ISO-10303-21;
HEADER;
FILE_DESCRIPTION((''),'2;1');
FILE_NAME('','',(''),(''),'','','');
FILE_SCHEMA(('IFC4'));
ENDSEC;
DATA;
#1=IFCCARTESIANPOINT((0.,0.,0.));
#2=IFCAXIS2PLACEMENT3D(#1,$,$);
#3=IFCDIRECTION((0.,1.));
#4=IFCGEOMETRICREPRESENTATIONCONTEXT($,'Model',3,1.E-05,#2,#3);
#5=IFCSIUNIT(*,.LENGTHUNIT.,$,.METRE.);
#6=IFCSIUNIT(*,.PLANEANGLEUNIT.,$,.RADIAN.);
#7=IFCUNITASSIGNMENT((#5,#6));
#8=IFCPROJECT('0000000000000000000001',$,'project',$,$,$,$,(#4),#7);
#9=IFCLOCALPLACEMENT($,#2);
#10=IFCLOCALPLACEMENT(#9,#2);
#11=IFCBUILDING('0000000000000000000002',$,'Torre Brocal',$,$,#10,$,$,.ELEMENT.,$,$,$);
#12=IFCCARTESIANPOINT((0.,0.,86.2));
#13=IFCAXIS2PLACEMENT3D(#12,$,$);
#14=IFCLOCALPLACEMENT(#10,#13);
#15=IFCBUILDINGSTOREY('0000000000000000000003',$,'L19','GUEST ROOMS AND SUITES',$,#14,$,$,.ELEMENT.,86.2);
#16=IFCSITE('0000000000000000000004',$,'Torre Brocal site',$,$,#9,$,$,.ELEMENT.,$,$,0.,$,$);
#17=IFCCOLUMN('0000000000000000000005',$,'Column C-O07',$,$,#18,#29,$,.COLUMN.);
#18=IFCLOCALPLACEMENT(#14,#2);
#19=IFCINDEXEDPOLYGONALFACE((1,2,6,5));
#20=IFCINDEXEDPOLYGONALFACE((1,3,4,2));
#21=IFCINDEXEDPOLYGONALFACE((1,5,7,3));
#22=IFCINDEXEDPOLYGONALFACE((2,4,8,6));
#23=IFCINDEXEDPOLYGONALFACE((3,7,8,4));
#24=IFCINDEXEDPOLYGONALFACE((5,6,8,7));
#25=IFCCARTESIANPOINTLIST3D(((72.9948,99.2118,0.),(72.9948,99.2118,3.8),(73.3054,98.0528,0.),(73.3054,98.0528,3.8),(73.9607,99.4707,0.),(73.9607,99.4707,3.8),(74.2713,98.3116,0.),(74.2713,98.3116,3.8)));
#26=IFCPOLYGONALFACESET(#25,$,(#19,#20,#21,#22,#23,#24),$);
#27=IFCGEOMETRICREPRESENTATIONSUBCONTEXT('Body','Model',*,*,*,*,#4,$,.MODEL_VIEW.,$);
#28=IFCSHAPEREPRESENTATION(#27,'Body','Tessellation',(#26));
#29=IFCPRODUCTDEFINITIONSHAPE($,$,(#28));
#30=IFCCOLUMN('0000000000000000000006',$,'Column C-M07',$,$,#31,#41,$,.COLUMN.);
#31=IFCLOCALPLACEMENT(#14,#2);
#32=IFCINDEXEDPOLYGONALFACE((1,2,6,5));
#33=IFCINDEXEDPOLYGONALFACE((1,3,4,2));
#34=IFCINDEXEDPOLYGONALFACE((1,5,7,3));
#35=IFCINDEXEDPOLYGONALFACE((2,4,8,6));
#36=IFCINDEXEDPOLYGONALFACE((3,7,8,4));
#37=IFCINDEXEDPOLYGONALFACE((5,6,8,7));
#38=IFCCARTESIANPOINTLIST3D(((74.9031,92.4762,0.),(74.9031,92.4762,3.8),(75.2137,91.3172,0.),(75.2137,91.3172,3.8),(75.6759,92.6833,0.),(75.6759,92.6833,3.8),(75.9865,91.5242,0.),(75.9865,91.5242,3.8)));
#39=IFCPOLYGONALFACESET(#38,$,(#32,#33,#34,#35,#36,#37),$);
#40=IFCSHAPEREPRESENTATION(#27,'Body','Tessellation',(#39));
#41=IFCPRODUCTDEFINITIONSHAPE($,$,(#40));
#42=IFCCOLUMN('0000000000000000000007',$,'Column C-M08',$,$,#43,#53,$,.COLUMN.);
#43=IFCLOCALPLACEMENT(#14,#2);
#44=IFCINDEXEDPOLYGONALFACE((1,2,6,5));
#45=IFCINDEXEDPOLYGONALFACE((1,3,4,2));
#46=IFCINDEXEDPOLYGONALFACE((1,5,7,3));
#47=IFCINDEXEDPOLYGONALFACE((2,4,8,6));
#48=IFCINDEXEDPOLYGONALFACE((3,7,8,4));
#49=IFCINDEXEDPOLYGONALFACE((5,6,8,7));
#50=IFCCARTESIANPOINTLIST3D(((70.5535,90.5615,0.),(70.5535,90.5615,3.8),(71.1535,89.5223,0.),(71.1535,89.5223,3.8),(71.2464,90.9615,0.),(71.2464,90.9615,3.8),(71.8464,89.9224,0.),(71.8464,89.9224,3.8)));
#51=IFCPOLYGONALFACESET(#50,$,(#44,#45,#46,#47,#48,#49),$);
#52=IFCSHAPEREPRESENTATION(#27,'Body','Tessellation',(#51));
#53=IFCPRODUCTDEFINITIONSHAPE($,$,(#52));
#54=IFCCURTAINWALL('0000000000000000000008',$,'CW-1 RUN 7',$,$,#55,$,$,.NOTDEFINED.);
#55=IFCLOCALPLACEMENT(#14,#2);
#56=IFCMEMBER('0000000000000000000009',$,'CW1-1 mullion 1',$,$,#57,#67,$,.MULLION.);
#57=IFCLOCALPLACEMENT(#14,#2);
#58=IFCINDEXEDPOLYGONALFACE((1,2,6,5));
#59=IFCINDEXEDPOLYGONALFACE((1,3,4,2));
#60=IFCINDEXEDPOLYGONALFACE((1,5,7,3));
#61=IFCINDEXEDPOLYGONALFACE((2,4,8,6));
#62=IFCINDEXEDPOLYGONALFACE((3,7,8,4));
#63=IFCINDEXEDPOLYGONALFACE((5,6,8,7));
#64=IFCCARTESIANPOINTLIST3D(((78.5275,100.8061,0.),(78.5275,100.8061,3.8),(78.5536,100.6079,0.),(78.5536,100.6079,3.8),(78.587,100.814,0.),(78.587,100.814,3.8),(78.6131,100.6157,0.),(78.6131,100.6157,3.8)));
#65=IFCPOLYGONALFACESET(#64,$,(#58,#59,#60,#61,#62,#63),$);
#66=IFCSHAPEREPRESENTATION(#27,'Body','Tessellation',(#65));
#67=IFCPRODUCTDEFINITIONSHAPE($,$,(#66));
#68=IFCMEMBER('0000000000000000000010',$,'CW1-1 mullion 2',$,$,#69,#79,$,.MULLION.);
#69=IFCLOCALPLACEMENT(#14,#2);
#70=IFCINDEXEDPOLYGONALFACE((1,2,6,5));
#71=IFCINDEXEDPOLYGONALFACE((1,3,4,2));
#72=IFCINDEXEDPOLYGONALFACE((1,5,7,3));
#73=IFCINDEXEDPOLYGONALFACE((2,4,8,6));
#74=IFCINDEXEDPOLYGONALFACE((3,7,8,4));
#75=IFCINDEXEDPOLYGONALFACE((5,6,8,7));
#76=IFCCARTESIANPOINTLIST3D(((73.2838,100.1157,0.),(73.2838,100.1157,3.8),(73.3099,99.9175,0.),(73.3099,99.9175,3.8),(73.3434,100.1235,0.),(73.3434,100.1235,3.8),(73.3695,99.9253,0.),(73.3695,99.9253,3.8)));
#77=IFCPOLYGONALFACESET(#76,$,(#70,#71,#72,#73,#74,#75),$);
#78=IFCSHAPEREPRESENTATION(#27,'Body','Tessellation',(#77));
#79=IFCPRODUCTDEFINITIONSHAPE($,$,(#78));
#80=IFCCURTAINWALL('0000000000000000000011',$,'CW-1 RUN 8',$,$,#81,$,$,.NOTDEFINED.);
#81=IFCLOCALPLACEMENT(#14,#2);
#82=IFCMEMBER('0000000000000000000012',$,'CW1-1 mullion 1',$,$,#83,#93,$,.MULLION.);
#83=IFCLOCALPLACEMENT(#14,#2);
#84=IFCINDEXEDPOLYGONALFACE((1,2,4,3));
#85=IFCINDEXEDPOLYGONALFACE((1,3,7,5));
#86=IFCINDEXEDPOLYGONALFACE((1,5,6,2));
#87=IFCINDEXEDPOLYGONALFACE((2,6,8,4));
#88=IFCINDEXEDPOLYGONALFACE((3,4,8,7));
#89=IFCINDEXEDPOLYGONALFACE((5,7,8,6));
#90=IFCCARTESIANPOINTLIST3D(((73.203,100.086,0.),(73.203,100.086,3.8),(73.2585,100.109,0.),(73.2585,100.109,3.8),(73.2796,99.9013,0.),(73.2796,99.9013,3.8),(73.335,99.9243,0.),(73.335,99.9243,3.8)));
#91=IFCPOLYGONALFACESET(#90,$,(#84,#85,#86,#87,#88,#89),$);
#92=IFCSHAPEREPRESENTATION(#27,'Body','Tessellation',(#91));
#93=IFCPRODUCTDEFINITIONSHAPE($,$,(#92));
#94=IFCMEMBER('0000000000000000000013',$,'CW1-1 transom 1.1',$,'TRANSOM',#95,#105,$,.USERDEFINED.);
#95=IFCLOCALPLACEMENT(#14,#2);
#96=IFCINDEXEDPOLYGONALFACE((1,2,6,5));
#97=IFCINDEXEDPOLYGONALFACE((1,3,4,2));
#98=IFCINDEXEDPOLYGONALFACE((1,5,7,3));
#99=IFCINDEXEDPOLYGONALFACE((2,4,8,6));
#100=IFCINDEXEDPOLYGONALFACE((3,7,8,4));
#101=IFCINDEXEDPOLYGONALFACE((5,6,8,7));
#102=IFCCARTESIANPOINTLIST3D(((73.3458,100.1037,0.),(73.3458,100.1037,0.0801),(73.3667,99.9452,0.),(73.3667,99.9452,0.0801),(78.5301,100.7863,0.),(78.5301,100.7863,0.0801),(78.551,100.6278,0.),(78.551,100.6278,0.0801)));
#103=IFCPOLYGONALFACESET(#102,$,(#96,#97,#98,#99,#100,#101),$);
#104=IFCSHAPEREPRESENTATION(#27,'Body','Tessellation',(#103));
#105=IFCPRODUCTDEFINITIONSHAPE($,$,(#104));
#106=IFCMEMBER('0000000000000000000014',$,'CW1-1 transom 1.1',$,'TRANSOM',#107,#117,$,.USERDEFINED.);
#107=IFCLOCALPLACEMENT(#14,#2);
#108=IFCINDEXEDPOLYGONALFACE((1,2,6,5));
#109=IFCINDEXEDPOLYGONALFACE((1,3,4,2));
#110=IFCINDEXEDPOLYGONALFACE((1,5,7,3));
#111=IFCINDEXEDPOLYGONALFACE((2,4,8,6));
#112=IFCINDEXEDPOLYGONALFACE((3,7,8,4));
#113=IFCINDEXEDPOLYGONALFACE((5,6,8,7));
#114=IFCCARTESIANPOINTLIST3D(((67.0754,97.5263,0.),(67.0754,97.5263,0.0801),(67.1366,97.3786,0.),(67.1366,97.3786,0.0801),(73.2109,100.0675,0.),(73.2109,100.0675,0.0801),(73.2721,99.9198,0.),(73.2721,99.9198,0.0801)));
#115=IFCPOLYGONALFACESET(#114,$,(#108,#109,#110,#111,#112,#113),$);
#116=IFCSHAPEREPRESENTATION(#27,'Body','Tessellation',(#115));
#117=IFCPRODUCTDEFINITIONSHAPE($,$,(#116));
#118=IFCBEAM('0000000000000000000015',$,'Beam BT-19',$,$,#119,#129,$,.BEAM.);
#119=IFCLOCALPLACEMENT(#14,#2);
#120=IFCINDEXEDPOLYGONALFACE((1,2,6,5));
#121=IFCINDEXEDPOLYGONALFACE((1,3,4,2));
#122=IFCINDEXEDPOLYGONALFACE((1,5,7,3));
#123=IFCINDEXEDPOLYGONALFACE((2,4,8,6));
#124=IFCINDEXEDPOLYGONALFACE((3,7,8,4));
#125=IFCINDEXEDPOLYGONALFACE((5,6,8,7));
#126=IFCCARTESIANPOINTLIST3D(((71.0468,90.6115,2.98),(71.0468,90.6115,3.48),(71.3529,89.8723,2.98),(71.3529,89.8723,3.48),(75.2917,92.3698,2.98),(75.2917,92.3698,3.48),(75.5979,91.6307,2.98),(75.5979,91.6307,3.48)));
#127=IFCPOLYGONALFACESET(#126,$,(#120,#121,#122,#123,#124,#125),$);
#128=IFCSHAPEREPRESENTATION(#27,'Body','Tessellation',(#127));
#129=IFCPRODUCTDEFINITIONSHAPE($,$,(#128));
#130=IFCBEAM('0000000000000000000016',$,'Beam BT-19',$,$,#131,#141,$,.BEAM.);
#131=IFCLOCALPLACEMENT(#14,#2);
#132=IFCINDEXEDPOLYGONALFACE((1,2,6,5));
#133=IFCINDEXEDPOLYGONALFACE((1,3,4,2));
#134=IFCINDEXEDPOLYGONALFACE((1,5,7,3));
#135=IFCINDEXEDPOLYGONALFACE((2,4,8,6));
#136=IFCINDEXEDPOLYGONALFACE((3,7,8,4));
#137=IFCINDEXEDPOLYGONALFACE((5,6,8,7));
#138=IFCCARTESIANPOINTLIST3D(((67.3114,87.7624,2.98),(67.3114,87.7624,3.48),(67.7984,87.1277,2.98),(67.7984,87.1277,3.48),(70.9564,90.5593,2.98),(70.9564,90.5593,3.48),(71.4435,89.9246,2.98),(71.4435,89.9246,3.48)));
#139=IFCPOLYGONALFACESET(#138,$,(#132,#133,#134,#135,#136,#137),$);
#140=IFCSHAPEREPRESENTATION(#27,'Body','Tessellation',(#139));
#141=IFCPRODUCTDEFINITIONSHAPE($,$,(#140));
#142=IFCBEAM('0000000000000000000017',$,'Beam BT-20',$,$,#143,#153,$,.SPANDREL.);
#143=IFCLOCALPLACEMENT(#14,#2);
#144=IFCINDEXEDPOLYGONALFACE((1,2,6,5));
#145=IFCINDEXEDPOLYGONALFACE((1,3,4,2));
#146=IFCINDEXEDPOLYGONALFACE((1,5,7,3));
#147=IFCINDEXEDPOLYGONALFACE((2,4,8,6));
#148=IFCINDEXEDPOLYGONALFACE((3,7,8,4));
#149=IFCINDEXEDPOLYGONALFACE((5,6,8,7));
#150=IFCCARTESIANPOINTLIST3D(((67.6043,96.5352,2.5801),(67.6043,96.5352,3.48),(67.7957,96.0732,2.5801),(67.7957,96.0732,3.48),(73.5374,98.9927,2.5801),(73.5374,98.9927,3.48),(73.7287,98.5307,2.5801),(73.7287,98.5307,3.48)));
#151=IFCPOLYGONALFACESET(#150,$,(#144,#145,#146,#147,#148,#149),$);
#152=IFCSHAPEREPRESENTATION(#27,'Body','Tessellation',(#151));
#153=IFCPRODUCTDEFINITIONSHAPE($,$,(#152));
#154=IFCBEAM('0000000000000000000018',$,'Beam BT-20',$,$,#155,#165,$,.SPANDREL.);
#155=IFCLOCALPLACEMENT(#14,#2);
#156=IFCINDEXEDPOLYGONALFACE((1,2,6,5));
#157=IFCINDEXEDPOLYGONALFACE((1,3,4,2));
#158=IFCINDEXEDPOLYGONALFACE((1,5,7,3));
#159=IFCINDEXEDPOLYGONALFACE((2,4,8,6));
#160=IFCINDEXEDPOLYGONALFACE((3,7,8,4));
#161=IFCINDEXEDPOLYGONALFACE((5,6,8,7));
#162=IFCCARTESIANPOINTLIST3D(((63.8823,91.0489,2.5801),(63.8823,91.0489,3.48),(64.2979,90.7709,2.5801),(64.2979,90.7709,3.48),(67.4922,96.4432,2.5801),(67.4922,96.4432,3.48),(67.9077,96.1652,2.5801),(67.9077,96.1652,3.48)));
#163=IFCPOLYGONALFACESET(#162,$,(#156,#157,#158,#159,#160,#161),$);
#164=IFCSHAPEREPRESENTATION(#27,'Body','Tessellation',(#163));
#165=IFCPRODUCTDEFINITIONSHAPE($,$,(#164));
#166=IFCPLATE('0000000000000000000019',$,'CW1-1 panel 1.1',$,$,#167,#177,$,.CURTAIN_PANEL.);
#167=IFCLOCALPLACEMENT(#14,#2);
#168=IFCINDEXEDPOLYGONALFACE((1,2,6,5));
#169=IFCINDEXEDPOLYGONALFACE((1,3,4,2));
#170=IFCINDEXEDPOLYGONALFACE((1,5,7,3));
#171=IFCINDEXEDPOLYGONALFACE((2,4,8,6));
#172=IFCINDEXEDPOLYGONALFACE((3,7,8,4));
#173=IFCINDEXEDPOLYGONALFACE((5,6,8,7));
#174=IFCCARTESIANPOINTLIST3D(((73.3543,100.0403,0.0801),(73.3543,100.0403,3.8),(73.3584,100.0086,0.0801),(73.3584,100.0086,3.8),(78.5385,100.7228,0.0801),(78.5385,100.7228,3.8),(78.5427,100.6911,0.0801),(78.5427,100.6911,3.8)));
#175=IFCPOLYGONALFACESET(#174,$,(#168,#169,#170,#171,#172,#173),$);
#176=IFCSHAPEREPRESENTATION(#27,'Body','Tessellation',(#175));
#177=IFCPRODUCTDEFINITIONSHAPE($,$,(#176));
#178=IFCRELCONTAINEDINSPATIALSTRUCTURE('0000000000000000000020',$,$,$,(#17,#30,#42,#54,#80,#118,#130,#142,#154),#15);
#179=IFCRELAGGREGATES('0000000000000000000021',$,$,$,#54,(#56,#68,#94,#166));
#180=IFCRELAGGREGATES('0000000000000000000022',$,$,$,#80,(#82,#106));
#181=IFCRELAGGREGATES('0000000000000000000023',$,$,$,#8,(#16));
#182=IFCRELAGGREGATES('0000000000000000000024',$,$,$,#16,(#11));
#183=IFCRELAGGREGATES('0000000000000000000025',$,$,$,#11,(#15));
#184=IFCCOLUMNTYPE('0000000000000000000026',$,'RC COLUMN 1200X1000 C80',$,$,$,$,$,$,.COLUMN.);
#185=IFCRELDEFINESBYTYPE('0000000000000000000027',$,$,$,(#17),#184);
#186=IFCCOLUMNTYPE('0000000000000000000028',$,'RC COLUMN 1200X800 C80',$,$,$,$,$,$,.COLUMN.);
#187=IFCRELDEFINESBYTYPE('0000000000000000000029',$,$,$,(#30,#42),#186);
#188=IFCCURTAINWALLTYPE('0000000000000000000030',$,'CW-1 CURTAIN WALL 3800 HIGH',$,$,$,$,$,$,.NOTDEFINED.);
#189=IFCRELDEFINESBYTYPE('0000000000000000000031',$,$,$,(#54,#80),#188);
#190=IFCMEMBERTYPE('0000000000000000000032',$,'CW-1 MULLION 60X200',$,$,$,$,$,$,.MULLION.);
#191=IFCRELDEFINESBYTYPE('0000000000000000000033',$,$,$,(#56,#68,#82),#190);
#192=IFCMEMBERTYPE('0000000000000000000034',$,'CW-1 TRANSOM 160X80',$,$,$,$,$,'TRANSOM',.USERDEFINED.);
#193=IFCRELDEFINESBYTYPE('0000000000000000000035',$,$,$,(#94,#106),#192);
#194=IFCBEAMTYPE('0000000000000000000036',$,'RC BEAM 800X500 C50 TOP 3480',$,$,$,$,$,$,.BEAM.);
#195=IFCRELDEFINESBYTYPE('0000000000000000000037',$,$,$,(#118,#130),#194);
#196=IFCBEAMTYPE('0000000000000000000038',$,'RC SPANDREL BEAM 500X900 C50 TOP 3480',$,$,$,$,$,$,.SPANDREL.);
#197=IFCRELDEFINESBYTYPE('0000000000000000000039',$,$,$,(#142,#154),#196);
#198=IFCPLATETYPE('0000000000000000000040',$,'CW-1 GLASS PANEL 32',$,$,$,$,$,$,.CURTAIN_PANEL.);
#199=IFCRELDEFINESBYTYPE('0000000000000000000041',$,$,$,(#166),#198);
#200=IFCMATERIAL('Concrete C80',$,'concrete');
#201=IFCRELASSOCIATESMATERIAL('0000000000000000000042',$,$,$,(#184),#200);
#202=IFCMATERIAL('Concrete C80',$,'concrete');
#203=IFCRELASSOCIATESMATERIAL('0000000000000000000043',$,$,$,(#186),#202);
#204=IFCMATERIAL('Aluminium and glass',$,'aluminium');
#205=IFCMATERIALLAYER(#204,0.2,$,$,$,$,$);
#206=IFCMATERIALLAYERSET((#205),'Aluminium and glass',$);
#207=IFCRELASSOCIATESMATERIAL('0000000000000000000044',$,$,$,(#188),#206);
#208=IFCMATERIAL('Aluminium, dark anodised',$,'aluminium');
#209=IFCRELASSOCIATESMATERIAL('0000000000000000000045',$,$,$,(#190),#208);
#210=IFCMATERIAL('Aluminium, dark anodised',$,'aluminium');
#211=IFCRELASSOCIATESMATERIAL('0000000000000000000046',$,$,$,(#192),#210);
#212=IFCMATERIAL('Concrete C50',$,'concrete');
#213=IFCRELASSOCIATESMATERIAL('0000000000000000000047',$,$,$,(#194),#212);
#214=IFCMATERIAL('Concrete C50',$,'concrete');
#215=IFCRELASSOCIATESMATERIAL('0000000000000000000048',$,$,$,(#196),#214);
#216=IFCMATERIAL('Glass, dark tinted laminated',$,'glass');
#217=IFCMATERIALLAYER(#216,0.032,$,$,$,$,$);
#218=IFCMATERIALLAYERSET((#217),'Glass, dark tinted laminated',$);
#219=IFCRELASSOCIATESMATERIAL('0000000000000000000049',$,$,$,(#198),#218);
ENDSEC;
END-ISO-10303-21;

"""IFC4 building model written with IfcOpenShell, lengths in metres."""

from ifc_helpers import new_model, si_unit, direction, frame, origin, origin_2d, place, context, subcontext, project, spatial, rectangle, extrude, material, layer, layer_set, material_profile, profile_set, type_object, element, aggregate, save


model = new_model("IFC4")

# Units and contexts
model_context = context("Model", 3, precision=1e-05, world=origin(), true_north=direction((0.0, 1.0)))
body_context = subcontext(model_context, "Body", "Model", "MODEL_VIEW")
ifc_project = project(units=[si_unit("LENGTHUNIT", "METRE"), si_unit("PLANEANGLEUNIT", "RADIAN")], contexts=[model_context])

# Site, building, storey
site_placement = place(None, origin())
site = spatial("IfcSite", under=ifc_project, at=site_placement, Name="Torre Brocal site", CompositionType="ELEMENT", RefElevation=0.0)
building_placement = place(site_placement, origin())
building = spatial("IfcBuilding", under=site, at=building_placement, Name="Torre Brocal", CompositionType="ELEMENT")
storey_placement = place(building_placement, frame((0.0, 0.0, 86.2)))
storey = spatial("IfcBuildingStorey", under=building, at=storey_placement, Name="L19", Description="GUEST ROOMS AND SUITES", CompositionType="ELEMENT", Elevation=86.2)

# Columns
ifc_material_1 = material(Name="Concrete C80", Category="concrete")
ifc_material_profile_1 = material_profile(ifc_material_1, rectangle(XDim=1.2, YDim=1.0, at=origin_2d()), Name="RC 1200X1000")
ifc_profile_set_1 = profile_set([ifc_material_profile_1], Name="Concrete C80")
column_type_1 = type_object("IfcColumnType", Name="RC COLUMN 1200X1000 C80", PredefinedType="COLUMN", material=ifc_profile_set_1)
column_placement = place(storey_placement, frame((73.6331, 98.7617, 0.0), z_axis=(0.0, 0.0, 1.0), x_axis=(-0.258819, 0.965926, 0.0)))
element("IfcColumn", 1, at=column_placement, inside=storey, type_object=column_type_1, Name="Column C-O07", PredefinedType="COLUMN", context=body_context, shape_type="SweptSolid", body=[
    extrude(rectangle(XDim=1.2, YDim=1.0, at=origin_2d()), origin(), (0.0, 0.0, 1.0), 3.8),
])
ifc_material_2 = material(Name="Concrete C80", Category="concrete")
ifc_material_profile_2 = material_profile(ifc_material_2, rectangle(XDim=1.2, YDim=0.8, at=origin_2d()), Name="RC 1200X800")
ifc_profile_set_2 = profile_set([ifc_material_profile_2], Name="Concrete C80")
column_type_2 = type_object("IfcColumnType", Name="RC COLUMN 1200X800 C80", PredefinedType="COLUMN", material=ifc_profile_set_2)
for number, where, z_axis, x_axis, name in (
    (2, (75.4448, 92.0002, 0.0), (0.0, 0.0, 1.0), (-0.258819, 0.965926, 0.0), "Column C-M07"),
    (3, (71.2, 90.2419, 0.0), (0.0, 0.0, 1.0), (-0.5, 0.866025, 0.0), "Column C-M08"),
):
    element("IfcColumn", number, at=place(storey_placement, frame(where, z_axis=z_axis, x_axis=x_axis)), inside=storey, type_object=column_type_2, Name=name, PredefinedType="COLUMN", context=body_context, shape_type="SweptSolid", body=[
        extrude(rectangle(XDim=1.2, YDim=0.8, at=origin_2d()), origin(), (0.0, 0.0, 1.0), 3.8),
    ])

# Curtain wall, members
ifc_material_3 = material(Name="Aluminium and glass", Category="aluminium")
ifc_layer_1 = layer(ifc_material_3, 0.2)
ifc_layer_set_1 = layer_set([ifc_layer_1], Name="Aluminium and glass")
curtain_wall_type = type_object("IfcCurtainWallType", Name="CW-1 CURTAIN WALL 3800 HIGH", PredefinedType="NOTDEFINED", material=ifc_layer_set_1)
curtain_wall_1_placement = place(storey_placement, origin())
curtain_wall_1 = element("IfcCurtainWall", 4, at=curtain_wall_1_placement, inside=storey, type_object=curtain_wall_type, Name="CW-1 RUN 7", PredefinedType="NOTDEFINED")
ifc_material_4 = material(Name="Aluminium, dark anodised", Category="aluminium")
ifc_material_profile_3 = material_profile(ifc_material_4, rectangle(XDim=0.2, YDim=0.0601, at=origin_2d()), Name="CW-1 MULLION 60X200")
ifc_profile_set_3 = profile_set([ifc_material_profile_3], Name="Aluminium, dark anodised")
member_type_1 = type_object("IfcMemberType", Name="CW-1 MULLION 60X200", PredefinedType="MULLION", material=ifc_profile_set_3)
member_1_placement = place(storey_placement, frame((78.5703, 100.7109, 0.0), z_axis=(0.0, 0.0, 1.0), x_axis=(0.130526, -0.991445, 0.0)))
member_1 = element("IfcMember", 5, at=member_1_placement, type_object=member_type_1, Name="CW1-1 mullion 1", PredefinedType="MULLION", context=body_context, shape_type="SweptSolid", body=[
    extrude(rectangle(XDim=0.2, YDim=0.0601, at=origin_2d()), origin(), (0.0, 0.0, 1.0), 3.8),
])
member_2_placement = place(storey_placement, frame((73.3267, 100.0205, 0.0), z_axis=(0.0, 0.0, 1.0), x_axis=(0.130526, -0.991445, 0.0)))
member_2 = element("IfcMember", 6, at=member_2_placement, type_object=member_type_1, Name="CW1-1 mullion 2", PredefinedType="MULLION", context=body_context, shape_type="SweptSolid", body=[
    extrude(rectangle(XDim=0.2, YDim=0.0601, at=origin_2d()), origin(), (0.0, 0.0, 1.0), 3.8),
])

# Curtain wall, member
curtain_wall_2_placement = place(storey_placement, origin())
curtain_wall_2 = element("IfcCurtainWall", 7, at=curtain_wall_2_placement, inside=storey, type_object=curtain_wall_type, Name="CW-1 RUN 8", PredefinedType="NOTDEFINED")
member_3_placement = place(storey_placement, frame((73.269, 100.0051, 0.0), z_axis=(0.0, 0.0, 1.0), x_axis=(0.382683, -0.92388, 0.0)))
member_3 = element("IfcMember", 8, at=member_3_placement, type_object=member_type_1, Name="CW1-1 mullion 1", PredefinedType="MULLION", context=body_context, shape_type="SweptSolid", body=[
    extrude(rectangle(XDim=0.2, YDim=0.0601, at=origin_2d()), origin(), (0.0, 0.0, 1.0), 3.8),
])

# Members
ifc_material_5 = material(Name="Aluminium, dark anodised", Category="aluminium")
ifc_material_profile_4 = material_profile(ifc_material_5, rectangle(XDim=0.1599, YDim=0.0801, at=origin_2d()), Name="CW-1 TRANSOM 160X80")
ifc_profile_set_4 = profile_set([ifc_material_profile_4], Name="Aluminium, dark anodised")
member_type_2 = type_object("IfcMemberType", Name="CW-1 TRANSOM 160X80", ElementType="TRANSOM", PredefinedType="USERDEFINED", material=ifc_profile_set_4)
member_4_placement = place(storey_placement, frame((78.5405, 100.707, 0.04), z_axis=(-0.991443, -0.130543, 0.0), x_axis=(0.130543, -0.991443, 0.0)))
member_4 = element("IfcMember", 9, at=member_4_placement, type_object=member_type_2, Name="CW1-1 transom 1.1", ObjectType="TRANSOM", PredefinedType="USERDEFINED", context=body_context, shape_type="SweptSolid", body=[
    extrude(rectangle(XDim=0.1599, YDim=0.0801, at=origin_2d()), origin(), (0.0, 0.0, 1.0), 5.229),
])
member_5_placement = place(storey_placement, frame((73.2415, 99.9937, 0.04), z_axis=(-0.923887, -0.382665, 0.0), x_axis=(0.382665, -0.923887, 0.0)))
member_5 = element("IfcMember", 10, at=member_5_placement, type_object=member_type_2, Name="CW1-1 transom 1.1", ObjectType="TRANSOM", PredefinedType="USERDEFINED", context=body_context, shape_type="SweptSolid", body=[
    extrude(rectangle(XDim=0.1599, YDim=0.0801, at=origin_2d()), origin(), (0.0, 0.0, 1.0), 6.6409),
])

# Beams
ifc_material_6 = material(Name="Concrete C50", Category="concrete")
ifc_material_profile_5 = material_profile(ifc_material_6, rectangle(XDim=0.8, YDim=0.5, at=origin_2d()), Name="RC 800X500")
ifc_profile_set_5 = profile_set([ifc_material_profile_5], Name="Concrete C50")
beam_type_1 = type_object("IfcBeamType", Name="RC BEAM 800X500 C50 TOP 3480", PredefinedType="BEAM", material=ifc_profile_set_5)
beam_1_placement = place(storey_placement, frame((75.4448, 92.0002, 3.23), z_axis=(-0.923878, -0.382687, 0.0), x_axis=(0.382687, -0.923878, 0.0)))
element("IfcBeam", 11, at=beam_1_placement, inside=storey, type_object=beam_type_1, Name="Beam BT-19", PredefinedType="BEAM", context=body_context, shape_type="SweptSolid", body=[
    extrude(rectangle(XDim=0.8, YDim=0.5, at=origin_2d()), origin(), (0.0, 0.0, 1.0), 4.5947),
])
beam_2_placement = place(storey_placement, frame((71.2, 90.2419, 3.23), z_axis=(-0.793358, -0.608755, 0.0), x_axis=(0.608755, -0.793358, 0.0)))
element("IfcBeam", 12, at=beam_2_placement, inside=storey, type_object=beam_type_1, Name="Beam BT-19", PredefinedType="BEAM", context=body_context, shape_type="SweptSolid", body=[
    extrude(rectangle(XDim=0.8, YDim=0.5, at=origin_2d()), origin(), (0.0, 0.0, 1.0), 4.5945),
])
ifc_material_7 = material(Name="Concrete C50", Category="concrete")
ifc_material_profile_6 = material_profile(ifc_material_7, rectangle(XDim=0.5, YDim=0.8999, at=origin_2d()), Name="RC 500X900")
ifc_profile_set_6 = profile_set([ifc_material_profile_6], Name="Concrete C50")
beam_type_2 = type_object("IfcBeamType", Name="RC SPANDREL BEAM 500X900 C50 TOP 3480", PredefinedType="SPANDREL", material=ifc_profile_set_6)
beam_3_placement = place(storey_placement, frame((73.6331, 98.7617, 3.03), z_axis=(-0.923882, -0.382676, 0.0), x_axis=(0.382676, -0.923882, 0.0)))
element("IfcBeam", 13, at=beam_3_placement, inside=storey, type_object=beam_type_2, Name="Beam BT-20", PredefinedType="SPANDREL", context=body_context, shape_type="SweptSolid", body=[
    extrude(rectangle(XDim=0.5, YDim=0.8999, at=origin_2d()), origin(), (0.0, 0.0, 1.0), 6.4219),
])
beam_4_placement = place(storey_placement, frame((67.7, 96.3042, 3.03), z_axis=(-0.556158, -0.831077, 0.0), x_axis=(0.831077, -0.556158, 0.0)))
element("IfcBeam", 14, at=beam_4_placement, inside=storey, type_object=beam_type_2, Name="Beam BT-20", PredefinedType="SPANDREL", context=body_context, shape_type="SweptSolid", body=[
    extrude(rectangle(XDim=0.5, YDim=0.8999, at=origin_2d()), origin(), (0.0, 0.0, 1.0), 6.4907),
])

# Plate
ifc_material_8 = material(Name="Glass, dark tinted laminated", Category="glass")
ifc_layer_2 = layer(ifc_material_8, 0.032)
ifc_layer_set_2 = layer_set([ifc_layer_2], Name="Glass, dark tinted laminated")
plate_type = type_object("IfcPlateType", Name="CW-1 GLASS PANEL 32", PredefinedType="CURTAIN_PANEL", material=ifc_layer_set_2)
plate_1_placement = place(storey_placement, frame((75.9485, 100.3657, 0.0801), z_axis=(0.0, 0.0, 1.0), x_axis=(-0.991445, -0.130526, 0.0)))
plate_1 = element("IfcPlate", 15, at=plate_1_placement, type_object=plate_type, Name="CW1-1 panel 1.1", PredefinedType="CURTAIN_PANEL", context=body_context, shape_type="SweptSolid", body=[
    extrude(rectangle(XDim=5.229, YDim=0.032, at=origin_2d()), origin(), (0.0, 0.0, 1.0), 3.72),
])
aggregate(curtain_wall_1, [member_1, member_2, member_4, plate_1])
aggregate(curtain_wall_2, [member_3, member_5])

save(model, "model.ifc")
